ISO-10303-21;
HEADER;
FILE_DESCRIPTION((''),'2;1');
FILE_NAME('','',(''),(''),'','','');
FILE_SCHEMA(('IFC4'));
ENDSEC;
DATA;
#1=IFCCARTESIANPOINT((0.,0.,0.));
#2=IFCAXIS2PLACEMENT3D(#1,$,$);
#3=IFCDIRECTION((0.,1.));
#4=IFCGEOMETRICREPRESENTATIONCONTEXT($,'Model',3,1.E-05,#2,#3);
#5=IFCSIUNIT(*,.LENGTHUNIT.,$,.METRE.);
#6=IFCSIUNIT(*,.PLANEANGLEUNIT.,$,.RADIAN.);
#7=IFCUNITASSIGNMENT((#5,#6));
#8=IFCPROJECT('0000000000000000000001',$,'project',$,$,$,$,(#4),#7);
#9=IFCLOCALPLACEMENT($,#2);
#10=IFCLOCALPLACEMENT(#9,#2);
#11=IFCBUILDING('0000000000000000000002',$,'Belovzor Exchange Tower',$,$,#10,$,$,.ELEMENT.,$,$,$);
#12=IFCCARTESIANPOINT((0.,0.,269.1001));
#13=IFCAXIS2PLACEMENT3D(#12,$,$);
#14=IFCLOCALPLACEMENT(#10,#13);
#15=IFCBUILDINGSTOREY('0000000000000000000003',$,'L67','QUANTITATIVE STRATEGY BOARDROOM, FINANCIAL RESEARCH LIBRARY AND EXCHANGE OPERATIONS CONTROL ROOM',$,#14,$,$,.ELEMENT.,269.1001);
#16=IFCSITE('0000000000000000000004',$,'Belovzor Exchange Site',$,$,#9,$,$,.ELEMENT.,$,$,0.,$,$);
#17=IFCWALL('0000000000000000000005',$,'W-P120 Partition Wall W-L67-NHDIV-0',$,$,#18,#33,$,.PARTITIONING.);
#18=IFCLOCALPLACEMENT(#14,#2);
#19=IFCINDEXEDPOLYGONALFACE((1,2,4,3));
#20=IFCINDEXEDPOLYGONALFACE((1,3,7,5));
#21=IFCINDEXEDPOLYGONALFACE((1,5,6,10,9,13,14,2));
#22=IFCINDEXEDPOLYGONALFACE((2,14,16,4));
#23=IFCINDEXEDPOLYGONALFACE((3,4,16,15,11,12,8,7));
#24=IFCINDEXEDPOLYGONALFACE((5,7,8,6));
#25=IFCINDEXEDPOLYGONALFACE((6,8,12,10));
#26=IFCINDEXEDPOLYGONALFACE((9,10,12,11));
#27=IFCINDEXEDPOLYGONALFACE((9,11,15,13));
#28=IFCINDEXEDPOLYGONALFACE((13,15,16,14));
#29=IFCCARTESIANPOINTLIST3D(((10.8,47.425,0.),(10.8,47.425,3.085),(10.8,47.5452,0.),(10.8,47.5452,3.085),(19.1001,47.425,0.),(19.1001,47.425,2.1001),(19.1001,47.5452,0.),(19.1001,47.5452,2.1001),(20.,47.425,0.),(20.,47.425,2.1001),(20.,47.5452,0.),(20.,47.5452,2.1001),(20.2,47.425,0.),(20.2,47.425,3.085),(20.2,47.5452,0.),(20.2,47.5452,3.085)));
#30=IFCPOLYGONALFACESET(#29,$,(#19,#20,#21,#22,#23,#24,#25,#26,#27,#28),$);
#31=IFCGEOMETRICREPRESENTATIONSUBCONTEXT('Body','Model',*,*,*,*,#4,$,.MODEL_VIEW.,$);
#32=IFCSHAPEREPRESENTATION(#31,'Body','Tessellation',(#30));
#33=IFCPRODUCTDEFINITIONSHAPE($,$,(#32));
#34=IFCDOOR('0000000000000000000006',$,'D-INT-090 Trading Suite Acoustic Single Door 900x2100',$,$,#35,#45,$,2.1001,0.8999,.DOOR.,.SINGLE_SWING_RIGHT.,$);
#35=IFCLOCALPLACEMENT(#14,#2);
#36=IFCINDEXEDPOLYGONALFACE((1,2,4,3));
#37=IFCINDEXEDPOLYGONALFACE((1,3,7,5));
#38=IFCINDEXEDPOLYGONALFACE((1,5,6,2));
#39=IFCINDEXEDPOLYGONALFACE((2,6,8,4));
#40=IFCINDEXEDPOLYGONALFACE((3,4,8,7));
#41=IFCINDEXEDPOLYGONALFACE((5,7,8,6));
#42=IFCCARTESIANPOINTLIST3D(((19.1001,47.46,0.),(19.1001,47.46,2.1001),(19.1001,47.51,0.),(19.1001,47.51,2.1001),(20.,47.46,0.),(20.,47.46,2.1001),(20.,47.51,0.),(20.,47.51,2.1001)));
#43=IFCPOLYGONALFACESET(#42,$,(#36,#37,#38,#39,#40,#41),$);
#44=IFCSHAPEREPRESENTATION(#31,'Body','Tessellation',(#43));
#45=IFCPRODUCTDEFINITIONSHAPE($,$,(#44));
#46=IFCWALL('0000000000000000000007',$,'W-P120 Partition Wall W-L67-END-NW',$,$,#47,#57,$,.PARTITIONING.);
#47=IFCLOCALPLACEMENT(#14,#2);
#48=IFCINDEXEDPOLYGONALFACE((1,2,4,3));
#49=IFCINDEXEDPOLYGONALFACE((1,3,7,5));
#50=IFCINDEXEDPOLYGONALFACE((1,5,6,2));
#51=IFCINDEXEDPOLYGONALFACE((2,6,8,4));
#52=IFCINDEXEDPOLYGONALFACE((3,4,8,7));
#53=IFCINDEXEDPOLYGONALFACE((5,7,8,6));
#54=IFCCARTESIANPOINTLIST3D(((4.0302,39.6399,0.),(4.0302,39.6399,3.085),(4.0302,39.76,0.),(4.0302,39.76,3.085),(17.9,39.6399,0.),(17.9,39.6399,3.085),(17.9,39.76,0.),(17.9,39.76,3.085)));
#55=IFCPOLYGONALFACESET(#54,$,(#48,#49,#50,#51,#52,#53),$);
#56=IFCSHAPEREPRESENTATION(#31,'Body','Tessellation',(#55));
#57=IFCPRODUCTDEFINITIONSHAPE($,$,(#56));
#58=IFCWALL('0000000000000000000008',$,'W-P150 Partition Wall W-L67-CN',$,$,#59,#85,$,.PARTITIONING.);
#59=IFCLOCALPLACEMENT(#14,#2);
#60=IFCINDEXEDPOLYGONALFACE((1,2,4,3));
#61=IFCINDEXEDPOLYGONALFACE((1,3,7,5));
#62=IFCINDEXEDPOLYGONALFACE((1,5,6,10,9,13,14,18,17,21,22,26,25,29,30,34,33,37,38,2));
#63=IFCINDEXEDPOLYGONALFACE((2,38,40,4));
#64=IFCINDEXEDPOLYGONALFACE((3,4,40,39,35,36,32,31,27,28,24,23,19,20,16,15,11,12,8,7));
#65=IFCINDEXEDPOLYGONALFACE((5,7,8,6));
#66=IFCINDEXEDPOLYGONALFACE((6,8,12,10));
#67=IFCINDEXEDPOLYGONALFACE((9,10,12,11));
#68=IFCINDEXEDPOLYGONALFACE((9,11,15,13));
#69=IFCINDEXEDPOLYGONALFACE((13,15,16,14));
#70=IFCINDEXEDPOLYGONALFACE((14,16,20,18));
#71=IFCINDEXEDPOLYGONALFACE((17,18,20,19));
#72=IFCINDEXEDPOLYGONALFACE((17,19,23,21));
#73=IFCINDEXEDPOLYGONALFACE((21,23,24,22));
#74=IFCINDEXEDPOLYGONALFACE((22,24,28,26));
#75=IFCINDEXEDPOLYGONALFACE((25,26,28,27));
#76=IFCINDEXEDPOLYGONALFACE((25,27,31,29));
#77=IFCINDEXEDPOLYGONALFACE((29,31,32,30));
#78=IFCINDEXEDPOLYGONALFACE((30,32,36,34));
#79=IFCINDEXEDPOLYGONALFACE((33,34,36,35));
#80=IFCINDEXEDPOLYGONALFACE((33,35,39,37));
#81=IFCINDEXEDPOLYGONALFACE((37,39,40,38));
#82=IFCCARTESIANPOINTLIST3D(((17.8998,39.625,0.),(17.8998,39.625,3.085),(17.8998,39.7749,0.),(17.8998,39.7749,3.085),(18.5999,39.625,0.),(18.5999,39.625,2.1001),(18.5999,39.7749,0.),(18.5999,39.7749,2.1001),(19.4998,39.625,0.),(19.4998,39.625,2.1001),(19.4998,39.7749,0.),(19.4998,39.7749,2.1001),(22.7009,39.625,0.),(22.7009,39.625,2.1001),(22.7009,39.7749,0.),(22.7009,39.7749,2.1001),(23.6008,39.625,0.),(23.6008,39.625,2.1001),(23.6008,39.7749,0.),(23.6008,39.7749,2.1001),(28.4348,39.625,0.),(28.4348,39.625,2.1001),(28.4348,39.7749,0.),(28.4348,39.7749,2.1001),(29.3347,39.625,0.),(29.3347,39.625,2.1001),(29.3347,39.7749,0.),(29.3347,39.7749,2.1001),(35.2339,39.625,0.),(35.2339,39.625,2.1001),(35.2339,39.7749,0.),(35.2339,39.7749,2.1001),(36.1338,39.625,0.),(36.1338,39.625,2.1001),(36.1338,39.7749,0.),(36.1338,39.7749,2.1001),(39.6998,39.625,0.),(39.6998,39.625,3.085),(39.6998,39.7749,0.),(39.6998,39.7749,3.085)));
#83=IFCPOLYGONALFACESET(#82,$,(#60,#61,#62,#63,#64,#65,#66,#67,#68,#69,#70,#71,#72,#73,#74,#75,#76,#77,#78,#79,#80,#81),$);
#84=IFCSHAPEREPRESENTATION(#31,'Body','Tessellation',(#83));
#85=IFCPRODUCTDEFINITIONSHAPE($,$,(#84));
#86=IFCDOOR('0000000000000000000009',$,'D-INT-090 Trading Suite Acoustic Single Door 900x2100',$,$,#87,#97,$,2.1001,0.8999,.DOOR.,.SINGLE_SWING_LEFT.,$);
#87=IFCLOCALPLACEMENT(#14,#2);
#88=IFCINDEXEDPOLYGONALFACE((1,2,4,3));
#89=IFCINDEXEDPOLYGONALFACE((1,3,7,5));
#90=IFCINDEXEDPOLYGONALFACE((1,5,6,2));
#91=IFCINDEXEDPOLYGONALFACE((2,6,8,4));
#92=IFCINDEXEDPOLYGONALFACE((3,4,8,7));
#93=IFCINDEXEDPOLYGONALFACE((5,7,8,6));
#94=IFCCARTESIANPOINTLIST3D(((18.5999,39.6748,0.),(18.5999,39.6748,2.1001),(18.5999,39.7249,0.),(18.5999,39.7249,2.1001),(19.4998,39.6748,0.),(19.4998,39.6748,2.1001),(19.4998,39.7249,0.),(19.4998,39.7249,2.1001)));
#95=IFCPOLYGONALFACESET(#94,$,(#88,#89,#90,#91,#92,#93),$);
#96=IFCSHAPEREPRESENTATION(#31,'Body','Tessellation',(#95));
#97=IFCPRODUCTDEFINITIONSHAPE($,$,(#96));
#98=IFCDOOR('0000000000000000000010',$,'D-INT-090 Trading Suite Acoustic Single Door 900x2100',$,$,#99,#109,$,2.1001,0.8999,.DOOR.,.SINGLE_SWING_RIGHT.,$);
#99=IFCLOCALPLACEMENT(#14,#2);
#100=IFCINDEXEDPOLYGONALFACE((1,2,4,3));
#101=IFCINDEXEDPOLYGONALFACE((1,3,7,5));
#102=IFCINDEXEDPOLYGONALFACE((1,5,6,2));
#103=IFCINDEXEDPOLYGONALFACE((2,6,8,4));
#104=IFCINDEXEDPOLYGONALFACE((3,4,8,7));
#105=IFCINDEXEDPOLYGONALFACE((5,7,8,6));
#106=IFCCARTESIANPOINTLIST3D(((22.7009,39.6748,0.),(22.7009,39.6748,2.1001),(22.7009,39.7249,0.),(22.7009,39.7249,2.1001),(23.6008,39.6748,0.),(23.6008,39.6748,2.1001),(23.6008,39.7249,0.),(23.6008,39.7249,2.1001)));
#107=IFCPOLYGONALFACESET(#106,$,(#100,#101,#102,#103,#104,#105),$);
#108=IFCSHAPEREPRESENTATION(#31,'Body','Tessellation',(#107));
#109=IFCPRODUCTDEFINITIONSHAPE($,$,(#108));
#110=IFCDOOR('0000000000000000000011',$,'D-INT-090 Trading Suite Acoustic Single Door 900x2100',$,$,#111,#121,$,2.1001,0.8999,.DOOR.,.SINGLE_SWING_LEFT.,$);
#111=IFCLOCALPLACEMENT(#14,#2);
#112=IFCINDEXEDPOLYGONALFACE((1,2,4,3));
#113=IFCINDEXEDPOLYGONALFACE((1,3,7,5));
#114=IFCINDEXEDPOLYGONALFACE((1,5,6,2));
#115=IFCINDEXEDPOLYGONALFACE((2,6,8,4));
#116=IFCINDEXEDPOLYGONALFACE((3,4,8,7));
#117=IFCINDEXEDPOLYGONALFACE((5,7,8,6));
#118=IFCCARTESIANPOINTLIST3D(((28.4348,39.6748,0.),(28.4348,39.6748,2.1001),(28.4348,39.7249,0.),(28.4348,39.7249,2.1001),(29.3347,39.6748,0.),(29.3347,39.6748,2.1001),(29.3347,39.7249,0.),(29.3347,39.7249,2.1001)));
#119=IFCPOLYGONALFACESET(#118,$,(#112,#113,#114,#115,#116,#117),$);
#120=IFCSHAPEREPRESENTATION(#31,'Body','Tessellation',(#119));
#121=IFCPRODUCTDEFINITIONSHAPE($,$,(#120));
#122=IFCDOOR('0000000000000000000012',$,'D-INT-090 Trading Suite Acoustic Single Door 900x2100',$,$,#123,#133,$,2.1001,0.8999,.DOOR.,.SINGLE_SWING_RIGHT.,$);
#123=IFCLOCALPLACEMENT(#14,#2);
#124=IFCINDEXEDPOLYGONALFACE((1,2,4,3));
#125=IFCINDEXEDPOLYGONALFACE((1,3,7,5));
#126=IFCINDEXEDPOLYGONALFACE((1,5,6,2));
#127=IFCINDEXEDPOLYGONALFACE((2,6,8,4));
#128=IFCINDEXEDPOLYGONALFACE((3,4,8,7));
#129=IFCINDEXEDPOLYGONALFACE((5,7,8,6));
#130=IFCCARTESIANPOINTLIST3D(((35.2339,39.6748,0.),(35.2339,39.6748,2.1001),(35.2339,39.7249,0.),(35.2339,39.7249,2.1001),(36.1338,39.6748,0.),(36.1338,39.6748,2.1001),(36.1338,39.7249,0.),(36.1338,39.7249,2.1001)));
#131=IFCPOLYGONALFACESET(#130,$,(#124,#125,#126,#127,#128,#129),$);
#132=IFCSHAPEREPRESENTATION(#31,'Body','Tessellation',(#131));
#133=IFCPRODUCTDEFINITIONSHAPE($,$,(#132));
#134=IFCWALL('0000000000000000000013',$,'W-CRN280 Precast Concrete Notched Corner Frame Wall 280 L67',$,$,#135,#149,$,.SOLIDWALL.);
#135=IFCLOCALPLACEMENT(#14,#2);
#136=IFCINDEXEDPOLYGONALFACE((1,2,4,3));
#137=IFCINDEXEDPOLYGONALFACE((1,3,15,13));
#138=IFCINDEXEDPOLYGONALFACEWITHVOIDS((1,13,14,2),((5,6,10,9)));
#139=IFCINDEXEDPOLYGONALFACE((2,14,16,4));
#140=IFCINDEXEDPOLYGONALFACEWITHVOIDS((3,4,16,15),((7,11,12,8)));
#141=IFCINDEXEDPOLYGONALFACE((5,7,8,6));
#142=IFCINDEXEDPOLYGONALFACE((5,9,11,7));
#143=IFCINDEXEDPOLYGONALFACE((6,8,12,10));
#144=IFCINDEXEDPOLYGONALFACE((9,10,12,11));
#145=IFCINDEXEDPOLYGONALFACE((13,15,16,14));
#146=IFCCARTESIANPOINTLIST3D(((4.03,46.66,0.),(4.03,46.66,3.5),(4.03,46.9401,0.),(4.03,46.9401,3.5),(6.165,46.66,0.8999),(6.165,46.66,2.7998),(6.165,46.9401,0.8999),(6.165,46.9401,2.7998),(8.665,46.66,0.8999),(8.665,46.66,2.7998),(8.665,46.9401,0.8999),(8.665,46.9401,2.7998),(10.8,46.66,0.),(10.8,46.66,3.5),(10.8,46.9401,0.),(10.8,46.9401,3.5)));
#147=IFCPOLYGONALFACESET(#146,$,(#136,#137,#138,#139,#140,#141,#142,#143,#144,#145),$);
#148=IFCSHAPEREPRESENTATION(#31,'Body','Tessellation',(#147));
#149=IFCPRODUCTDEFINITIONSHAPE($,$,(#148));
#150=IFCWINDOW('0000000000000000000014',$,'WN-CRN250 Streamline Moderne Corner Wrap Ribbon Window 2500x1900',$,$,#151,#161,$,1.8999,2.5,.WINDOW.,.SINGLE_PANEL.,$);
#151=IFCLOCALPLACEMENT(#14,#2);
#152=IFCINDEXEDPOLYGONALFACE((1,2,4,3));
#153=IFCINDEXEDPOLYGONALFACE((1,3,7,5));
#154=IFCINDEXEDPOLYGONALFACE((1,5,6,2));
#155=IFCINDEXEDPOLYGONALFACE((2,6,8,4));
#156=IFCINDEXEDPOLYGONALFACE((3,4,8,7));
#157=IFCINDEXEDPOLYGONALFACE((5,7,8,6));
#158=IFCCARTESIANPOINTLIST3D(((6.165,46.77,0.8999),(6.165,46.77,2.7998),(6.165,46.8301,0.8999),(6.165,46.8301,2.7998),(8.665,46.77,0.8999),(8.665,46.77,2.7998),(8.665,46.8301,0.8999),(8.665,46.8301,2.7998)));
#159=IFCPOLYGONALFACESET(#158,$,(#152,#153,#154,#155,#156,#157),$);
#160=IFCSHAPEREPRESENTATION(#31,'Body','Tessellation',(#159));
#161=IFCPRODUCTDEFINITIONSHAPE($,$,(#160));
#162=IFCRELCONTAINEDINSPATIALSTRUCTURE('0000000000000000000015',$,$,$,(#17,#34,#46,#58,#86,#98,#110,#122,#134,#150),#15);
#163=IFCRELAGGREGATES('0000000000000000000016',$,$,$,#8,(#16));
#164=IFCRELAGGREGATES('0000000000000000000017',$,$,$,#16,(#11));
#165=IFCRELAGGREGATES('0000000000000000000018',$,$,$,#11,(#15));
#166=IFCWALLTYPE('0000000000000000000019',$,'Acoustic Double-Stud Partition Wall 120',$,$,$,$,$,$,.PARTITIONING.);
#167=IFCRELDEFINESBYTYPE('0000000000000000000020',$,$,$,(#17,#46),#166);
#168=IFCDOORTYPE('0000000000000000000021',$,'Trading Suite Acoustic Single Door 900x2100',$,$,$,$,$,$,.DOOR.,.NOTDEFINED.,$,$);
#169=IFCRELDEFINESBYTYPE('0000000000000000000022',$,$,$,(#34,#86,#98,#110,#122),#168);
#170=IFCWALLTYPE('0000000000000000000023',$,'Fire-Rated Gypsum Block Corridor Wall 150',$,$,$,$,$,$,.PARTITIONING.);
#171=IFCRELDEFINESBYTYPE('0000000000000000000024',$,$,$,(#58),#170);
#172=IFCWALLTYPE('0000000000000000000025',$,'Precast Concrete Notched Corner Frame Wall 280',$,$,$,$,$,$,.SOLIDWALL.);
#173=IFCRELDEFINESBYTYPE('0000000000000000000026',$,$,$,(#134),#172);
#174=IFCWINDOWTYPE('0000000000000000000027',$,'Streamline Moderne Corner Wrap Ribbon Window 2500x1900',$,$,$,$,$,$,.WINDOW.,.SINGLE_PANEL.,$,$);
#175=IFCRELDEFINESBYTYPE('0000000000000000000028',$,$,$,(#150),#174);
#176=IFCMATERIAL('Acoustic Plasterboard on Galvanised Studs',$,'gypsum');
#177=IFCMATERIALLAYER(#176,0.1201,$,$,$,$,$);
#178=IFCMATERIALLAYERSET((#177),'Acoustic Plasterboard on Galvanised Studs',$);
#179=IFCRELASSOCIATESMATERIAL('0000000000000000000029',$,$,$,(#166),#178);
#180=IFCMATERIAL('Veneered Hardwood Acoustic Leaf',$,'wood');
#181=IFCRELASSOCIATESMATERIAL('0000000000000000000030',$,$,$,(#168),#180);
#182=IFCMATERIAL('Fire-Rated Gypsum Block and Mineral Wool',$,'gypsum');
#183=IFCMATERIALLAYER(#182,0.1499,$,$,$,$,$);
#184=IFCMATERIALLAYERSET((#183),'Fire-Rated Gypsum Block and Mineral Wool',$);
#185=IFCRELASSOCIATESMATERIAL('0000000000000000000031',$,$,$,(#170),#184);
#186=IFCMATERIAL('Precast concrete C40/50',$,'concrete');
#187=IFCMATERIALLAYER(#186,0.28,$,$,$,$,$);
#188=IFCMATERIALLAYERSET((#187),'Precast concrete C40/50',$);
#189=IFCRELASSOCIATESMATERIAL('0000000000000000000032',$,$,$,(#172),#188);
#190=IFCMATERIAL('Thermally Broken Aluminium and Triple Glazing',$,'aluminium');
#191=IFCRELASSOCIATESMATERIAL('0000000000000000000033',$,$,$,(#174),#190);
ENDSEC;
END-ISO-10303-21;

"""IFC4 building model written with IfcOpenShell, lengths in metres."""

from ifc_helpers import new_model, si_unit, direction, frame, frame_2d, origin, place, context, subcontext, project, spatial, rectangle, extrude, material, layer, layer_set, type_object, element, fill, save


model = new_model("IFC4")

# Units and contexts
model_context = context("Model", 3, precision=1e-05, world=origin(), true_north=direction((0.0, 1.0)))
body_context = subcontext(model_context, "Body", "Model", "MODEL_VIEW")
ifc_project = project(units=[si_unit("LENGTHUNIT", "METRE"), si_unit("PLANEANGLEUNIT", "RADIAN")], contexts=[model_context])

# Site, building, storey
site_placement = place(None, origin())
site = spatial("IfcSite", under=ifc_project, at=site_placement, Name="Belovzor Exchange Site", CompositionType="ELEMENT", RefElevation=0.0)
building_placement = place(site_placement, origin())
building = spatial("IfcBuilding", under=site, at=building_placement, Name="Belovzor Exchange Tower", CompositionType="ELEMENT")
storey_placement = place(building_placement, frame((0.0, 0.0, 269.1001)))
storey = spatial("IfcBuildingStorey", under=building, at=storey_placement, Name="L67", Description="QUANTITATIVE STRATEGY BOARDROOM, FINANCIAL RESEARCH LIBRARY AND EXCHANGE OPERATIONS CONTROL ROOM", CompositionType="ELEMENT", Elevation=269.1001)

# Wall, opening, door
ifc_material_1 = material(Name="Acoustic Plasterboard on Galvanised Studs", Category="gypsum")
ifc_layer_1 = layer(ifc_material_1, 0.1201)
ifc_layer_set_1 = layer_set([ifc_layer_1], Name="Acoustic Plasterboard on Galvanised Studs")
wall_type_1 = type_object("IfcWallType", Name="Acoustic Double-Stud Partition Wall 120", PredefinedType="PARTITIONING", material=ifc_layer_set_1)
wall_1_placement = place(storey_placement, frame((10.8, 47.4851, 0.0), z_axis=(0.0, 0.0, 1.0), x_axis=(1.0, 0.0, 0.0)))
wall_1 = element("IfcWall", 1, at=wall_1_placement, inside=storey, type_object=wall_type_1, Name="W-P120 Partition Wall W-L67-NHDIV-0", PredefinedType="PARTITIONING", context=body_context, shape_type="SweptSolid", body=[
    extrude(rectangle(XDim=9.3999, YDim=0.1201, at=frame_2d((4.7, 0.0))), origin(), (0.0, 0.0, 1.0), 3.085),
])
opening_1_placement = place(wall_1_placement, frame((8.3, 0.0, 0.0)))
opening_1 = element("IfcOpeningElement", 2, at=opening_1_placement, cuts=wall_1, PredefinedType="OPENING", context=body_context, shape_type="SweptSolid", body=[
    extrude(rectangle(XDim=0.8999, YDim=2.1001, at=frame_2d((0.45, 1.05))), frame((0.0, 0.0701, 0.0), z_axis=(0.0, -1.0, 0.0), x_axis=(1.0, 0.0, 0.0)), (0.0, 0.0, 1.0), 0.1401),
])
ifc_material_2 = material(Name="Veneered Hardwood Acoustic Leaf", Category="wood")
door_type_1 = type_object("IfcDoorType", Name="Trading Suite Acoustic Single Door 900x2100", OperationType="NOTDEFINED", PredefinedType="DOOR", material=ifc_material_2)
door_1_placement = place(opening_1_placement, origin())
door_1 = element("IfcDoor", 3, at=door_1_placement, inside=storey, type_object=door_type_1, Name="D-INT-090 Trading Suite Acoustic Single Door 900x2100", OperationType="SINGLE_SWING_RIGHT", OverallHeight=2.1001, OverallWidth=0.8999, PredefinedType="DOOR", context=body_context, shape_type="SweptSolid", body=[
    extrude(rectangle(XDim=0.8999, YDim=2.1001, at=frame_2d((0.45, 1.05))), frame((0.0, 0.0249, 0.0), z_axis=(0.0, -1.0, 0.0), x_axis=(1.0, 0.0, 0.0)), (0.0, 0.0, 1.0), 0.05),
])
fill(opening_1, door_1)

# Wall
wall_2_placement = place(storey_placement, frame((4.03, 39.7, 0.0), z_axis=(0.0, 0.0, 1.0), x_axis=(1.0, 0.0, 0.0)))
element("IfcWall", 4, at=wall_2_placement, inside=storey, type_object=wall_type_1, Name="W-P120 Partition Wall W-L67-END-NW", PredefinedType="PARTITIONING", context=body_context, shape_type="SweptSolid", body=[
    extrude(rectangle(XDim=13.8699, YDim=0.1201, at=frame_2d((6.9351, 0.0))), origin(), (0.0, 0.0, 1.0), 3.085),
])

# Wall, openings, doors
ifc_material_3 = material(Name="Fire-Rated Gypsum Block and Mineral Wool", Category="gypsum")
ifc_layer_2 = layer(ifc_material_3, 0.1499)
ifc_layer_set_2 = layer_set([ifc_layer_2], Name="Fire-Rated Gypsum Block and Mineral Wool")
wall_type_2 = type_object("IfcWallType", Name="Fire-Rated Gypsum Block Corridor Wall 150", PredefinedType="PARTITIONING", material=ifc_layer_set_2)
wall_3_placement = place(storey_placement, frame((17.8999, 39.7, 0.0), z_axis=(0.0, 0.0, 1.0), x_axis=(1.0, 0.0, 0.0)))
wall_3 = element("IfcWall", 5, at=wall_3_placement, inside=storey, type_object=wall_type_2, Name="W-P150 Partition Wall W-L67-CN", PredefinedType="PARTITIONING", context=body_context, shape_type="SweptSolid", body=[
    extrude(rectangle(XDim=21.8, YDim=0.1499, at=frame_2d((10.8999, 0.0))), origin(), (0.0, 0.0, 1.0), 3.085),
])
opening_2_placement = place(wall_3_placement, frame((0.7, 0.0, 0.0)))
opening_2 = element("IfcOpeningElement", 6, at=opening_2_placement, cuts=wall_3, PredefinedType="OPENING", context=body_context, shape_type="SweptSolid", body=[
    extrude(rectangle(XDim=0.8999, YDim=2.1001, at=frame_2d((0.45, 1.05))), frame((0.0, 0.085, 0.0), z_axis=(0.0, -1.0, 0.0), x_axis=(1.0, 0.0, 0.0)), (0.0, 0.0, 1.0), 0.1699),
])
opening_3_placement = place(wall_3_placement, frame((4.801, 0.0, 0.0)))
opening_3 = element("IfcOpeningElement", 7, at=opening_3_placement, cuts=wall_3, PredefinedType="OPENING", context=body_context, shape_type="SweptSolid", body=[
    extrude(rectangle(XDim=0.8999, YDim=2.1001, at=frame_2d((0.45, 1.05))), frame((0.0, 0.085, 0.0), z_axis=(0.0, -1.0, 0.0), x_axis=(1.0, 0.0, 0.0)), (0.0, 0.0, 1.0), 0.1699),
])
opening_4_placement = place(wall_3_placement, frame((10.5349, 0.0, 0.0)))
opening_4 = element("IfcOpeningElement", 8, at=opening_4_placement, cuts=wall_3, PredefinedType="OPENING", context=body_context, shape_type="SweptSolid", body=[
    extrude(rectangle(XDim=0.8999, YDim=2.1001, at=frame_2d((0.45, 1.05))), frame((0.0, 0.085, 0.0), z_axis=(0.0, -1.0, 0.0), x_axis=(1.0, 0.0, 0.0)), (0.0, 0.0, 1.0), 0.1699),
])
opening_5_placement = place(wall_3_placement, frame((17.334, 0.0, 0.0)))
opening_5 = element("IfcOpeningElement", 9, at=opening_5_placement, cuts=wall_3, PredefinedType="OPENING", context=body_context, shape_type="SweptSolid", body=[
    extrude(rectangle(XDim=0.8999, YDim=2.1001, at=frame_2d((0.45, 1.05))), frame((0.0, 0.085, 0.0), z_axis=(0.0, -1.0, 0.0), x_axis=(1.0, 0.0, 0.0)), (0.0, 0.0, 1.0), 0.1699),
])
door_2_placement = place(opening_2_placement, origin())
door_2 = element("IfcDoor", 10, at=door_2_placement, inside=storey, type_object=door_type_1, Name="D-INT-090 Trading Suite Acoustic Single Door 900x2100", OperationType="SINGLE_SWING_LEFT", OverallHeight=2.1001, OverallWidth=0.8999, PredefinedType="DOOR", context=body_context, shape_type="SweptSolid", body=[
    extrude(rectangle(XDim=0.8999, YDim=2.1001, at=frame_2d((0.45, 1.05))), frame((0.0, 0.0249, 0.0), z_axis=(0.0, -1.0, 0.0), x_axis=(1.0, 0.0, 0.0)), (0.0, 0.0, 1.0), 0.05),
])
fill(opening_2, door_2)
door_3_placement = place(opening_3_placement, origin())
door_3 = element("IfcDoor", 11, at=door_3_placement, inside=storey, type_object=door_type_1, Name="D-INT-090 Trading Suite Acoustic Single Door 900x2100", OperationType="SINGLE_SWING_RIGHT", OverallHeight=2.1001, OverallWidth=0.8999, PredefinedType="DOOR", context=body_context, shape_type="SweptSolid", body=[
    extrude(rectangle(XDim=0.8999, YDim=2.1001, at=frame_2d((0.45, 1.05))), frame((0.0, 0.0249, 0.0), z_axis=(0.0, -1.0, 0.0), x_axis=(1.0, 0.0, 0.0)), (0.0, 0.0, 1.0), 0.05),
])
fill(opening_3, door_3)
door_4_placement = place(opening_4_placement, origin())
door_4 = element("IfcDoor", 12, at=door_4_placement, inside=storey, type_object=door_type_1, Name="D-INT-090 Trading Suite Acoustic Single Door 900x2100", OperationType="SINGLE_SWING_LEFT", OverallHeight=2.1001, OverallWidth=0.8999, PredefinedType="DOOR", context=body_context, shape_type="SweptSolid", body=[
    extrude(rectangle(XDim=0.8999, YDim=2.1001, at=frame_2d((0.45, 1.05))), frame((0.0, 0.0249, 0.0), z_axis=(0.0, -1.0, 0.0), x_axis=(1.0, 0.0, 0.0)), (0.0, 0.0, 1.0), 0.05),
])
fill(opening_4, door_4)
door_5_placement = place(opening_5_placement, origin())
door_5 = element("IfcDoor", 13, at=door_5_placement, inside=storey, type_object=door_type_1, Name="D-INT-090 Trading Suite Acoustic Single Door 900x2100", OperationType="SINGLE_SWING_RIGHT", OverallHeight=2.1001, OverallWidth=0.8999, PredefinedType="DOOR", context=body_context, shape_type="SweptSolid", body=[
    extrude(rectangle(XDim=0.8999, YDim=2.1001, at=frame_2d((0.45, 1.05))), frame((0.0, 0.0249, 0.0), z_axis=(0.0, -1.0, 0.0), x_axis=(1.0, 0.0, 0.0)), (0.0, 0.0, 1.0), 0.05),
])
fill(opening_5, door_5)

# Wall, opening, window
ifc_material_4 = material(Name="Precast concrete C40/50", Category="concrete")
ifc_layer_3 = layer(ifc_material_4, 0.28)
ifc_layer_set_3 = layer_set([ifc_layer_3], Name="Precast concrete C40/50")
wall_type_3 = type_object("IfcWallType", Name="Precast Concrete Notched Corner Frame Wall 280", PredefinedType="SOLIDWALL", material=ifc_layer_set_3)
wall_4_placement = place(storey_placement, frame((4.03, 46.8, 0.0), z_axis=(0.0, 0.0, 1.0), x_axis=(1.0, 0.0, 0.0)))
wall_4 = element("IfcWall", 14, at=wall_4_placement, inside=storey, type_object=wall_type_3, Name="W-CRN280 Precast Concrete Notched Corner Frame Wall 280 L67", PredefinedType="SOLIDWALL", context=body_context, shape_type="SweptSolid", body=[
    extrude(rectangle(XDim=6.77, YDim=0.28, at=frame_2d((3.385, 0.0))), origin(), (0.0, 0.0, 1.0), 3.5),
])
opening_6_placement = place(wall_4_placement, frame((2.135, 0.0, 0.8999)))
opening_6 = element("IfcOpeningElement", 15, at=opening_6_placement, cuts=wall_4, PredefinedType="OPENING", context=body_context, shape_type="SweptSolid", body=[
    extrude(rectangle(XDim=2.5, YDim=1.8999, at=frame_2d((1.25, 0.95))), frame((0.0, 0.1499, 0.0), z_axis=(0.0, -1.0, 0.0), x_axis=(1.0, 0.0, 0.0)), (0.0, 0.0, 1.0), 0.3),
])
ifc_material_5 = material(Name="Thermally Broken Aluminium and Triple Glazing", Category="aluminium")
window_type = type_object("IfcWindowType", Name="Streamline Moderne Corner Wrap Ribbon Window 2500x1900", PartitioningType="SINGLE_PANEL", PredefinedType="WINDOW", material=ifc_material_5)
window_1_placement = place(opening_6_placement, origin())
window_1 = element("IfcWindow", 16, at=window_1_placement, inside=storey, type_object=window_type, Name="WN-CRN250 Streamline Moderne Corner Wrap Ribbon Window 2500x1900", OverallHeight=1.8999, OverallWidth=2.5, PartitioningType="SINGLE_PANEL", PredefinedType="WINDOW", context=body_context, shape_type="SweptSolid", body=[
    extrude(rectangle(XDim=2.5, YDim=1.8999, at=frame_2d((1.25, 0.95))), frame((0.0, 0.03, 0.0), z_axis=(0.0, -1.0, 0.0), x_axis=(1.0, 0.0, 0.0)), (0.0, 0.0, 1.0), 0.0601),
])
fill(opening_6, window_1)

save(model, "model.ifc")
